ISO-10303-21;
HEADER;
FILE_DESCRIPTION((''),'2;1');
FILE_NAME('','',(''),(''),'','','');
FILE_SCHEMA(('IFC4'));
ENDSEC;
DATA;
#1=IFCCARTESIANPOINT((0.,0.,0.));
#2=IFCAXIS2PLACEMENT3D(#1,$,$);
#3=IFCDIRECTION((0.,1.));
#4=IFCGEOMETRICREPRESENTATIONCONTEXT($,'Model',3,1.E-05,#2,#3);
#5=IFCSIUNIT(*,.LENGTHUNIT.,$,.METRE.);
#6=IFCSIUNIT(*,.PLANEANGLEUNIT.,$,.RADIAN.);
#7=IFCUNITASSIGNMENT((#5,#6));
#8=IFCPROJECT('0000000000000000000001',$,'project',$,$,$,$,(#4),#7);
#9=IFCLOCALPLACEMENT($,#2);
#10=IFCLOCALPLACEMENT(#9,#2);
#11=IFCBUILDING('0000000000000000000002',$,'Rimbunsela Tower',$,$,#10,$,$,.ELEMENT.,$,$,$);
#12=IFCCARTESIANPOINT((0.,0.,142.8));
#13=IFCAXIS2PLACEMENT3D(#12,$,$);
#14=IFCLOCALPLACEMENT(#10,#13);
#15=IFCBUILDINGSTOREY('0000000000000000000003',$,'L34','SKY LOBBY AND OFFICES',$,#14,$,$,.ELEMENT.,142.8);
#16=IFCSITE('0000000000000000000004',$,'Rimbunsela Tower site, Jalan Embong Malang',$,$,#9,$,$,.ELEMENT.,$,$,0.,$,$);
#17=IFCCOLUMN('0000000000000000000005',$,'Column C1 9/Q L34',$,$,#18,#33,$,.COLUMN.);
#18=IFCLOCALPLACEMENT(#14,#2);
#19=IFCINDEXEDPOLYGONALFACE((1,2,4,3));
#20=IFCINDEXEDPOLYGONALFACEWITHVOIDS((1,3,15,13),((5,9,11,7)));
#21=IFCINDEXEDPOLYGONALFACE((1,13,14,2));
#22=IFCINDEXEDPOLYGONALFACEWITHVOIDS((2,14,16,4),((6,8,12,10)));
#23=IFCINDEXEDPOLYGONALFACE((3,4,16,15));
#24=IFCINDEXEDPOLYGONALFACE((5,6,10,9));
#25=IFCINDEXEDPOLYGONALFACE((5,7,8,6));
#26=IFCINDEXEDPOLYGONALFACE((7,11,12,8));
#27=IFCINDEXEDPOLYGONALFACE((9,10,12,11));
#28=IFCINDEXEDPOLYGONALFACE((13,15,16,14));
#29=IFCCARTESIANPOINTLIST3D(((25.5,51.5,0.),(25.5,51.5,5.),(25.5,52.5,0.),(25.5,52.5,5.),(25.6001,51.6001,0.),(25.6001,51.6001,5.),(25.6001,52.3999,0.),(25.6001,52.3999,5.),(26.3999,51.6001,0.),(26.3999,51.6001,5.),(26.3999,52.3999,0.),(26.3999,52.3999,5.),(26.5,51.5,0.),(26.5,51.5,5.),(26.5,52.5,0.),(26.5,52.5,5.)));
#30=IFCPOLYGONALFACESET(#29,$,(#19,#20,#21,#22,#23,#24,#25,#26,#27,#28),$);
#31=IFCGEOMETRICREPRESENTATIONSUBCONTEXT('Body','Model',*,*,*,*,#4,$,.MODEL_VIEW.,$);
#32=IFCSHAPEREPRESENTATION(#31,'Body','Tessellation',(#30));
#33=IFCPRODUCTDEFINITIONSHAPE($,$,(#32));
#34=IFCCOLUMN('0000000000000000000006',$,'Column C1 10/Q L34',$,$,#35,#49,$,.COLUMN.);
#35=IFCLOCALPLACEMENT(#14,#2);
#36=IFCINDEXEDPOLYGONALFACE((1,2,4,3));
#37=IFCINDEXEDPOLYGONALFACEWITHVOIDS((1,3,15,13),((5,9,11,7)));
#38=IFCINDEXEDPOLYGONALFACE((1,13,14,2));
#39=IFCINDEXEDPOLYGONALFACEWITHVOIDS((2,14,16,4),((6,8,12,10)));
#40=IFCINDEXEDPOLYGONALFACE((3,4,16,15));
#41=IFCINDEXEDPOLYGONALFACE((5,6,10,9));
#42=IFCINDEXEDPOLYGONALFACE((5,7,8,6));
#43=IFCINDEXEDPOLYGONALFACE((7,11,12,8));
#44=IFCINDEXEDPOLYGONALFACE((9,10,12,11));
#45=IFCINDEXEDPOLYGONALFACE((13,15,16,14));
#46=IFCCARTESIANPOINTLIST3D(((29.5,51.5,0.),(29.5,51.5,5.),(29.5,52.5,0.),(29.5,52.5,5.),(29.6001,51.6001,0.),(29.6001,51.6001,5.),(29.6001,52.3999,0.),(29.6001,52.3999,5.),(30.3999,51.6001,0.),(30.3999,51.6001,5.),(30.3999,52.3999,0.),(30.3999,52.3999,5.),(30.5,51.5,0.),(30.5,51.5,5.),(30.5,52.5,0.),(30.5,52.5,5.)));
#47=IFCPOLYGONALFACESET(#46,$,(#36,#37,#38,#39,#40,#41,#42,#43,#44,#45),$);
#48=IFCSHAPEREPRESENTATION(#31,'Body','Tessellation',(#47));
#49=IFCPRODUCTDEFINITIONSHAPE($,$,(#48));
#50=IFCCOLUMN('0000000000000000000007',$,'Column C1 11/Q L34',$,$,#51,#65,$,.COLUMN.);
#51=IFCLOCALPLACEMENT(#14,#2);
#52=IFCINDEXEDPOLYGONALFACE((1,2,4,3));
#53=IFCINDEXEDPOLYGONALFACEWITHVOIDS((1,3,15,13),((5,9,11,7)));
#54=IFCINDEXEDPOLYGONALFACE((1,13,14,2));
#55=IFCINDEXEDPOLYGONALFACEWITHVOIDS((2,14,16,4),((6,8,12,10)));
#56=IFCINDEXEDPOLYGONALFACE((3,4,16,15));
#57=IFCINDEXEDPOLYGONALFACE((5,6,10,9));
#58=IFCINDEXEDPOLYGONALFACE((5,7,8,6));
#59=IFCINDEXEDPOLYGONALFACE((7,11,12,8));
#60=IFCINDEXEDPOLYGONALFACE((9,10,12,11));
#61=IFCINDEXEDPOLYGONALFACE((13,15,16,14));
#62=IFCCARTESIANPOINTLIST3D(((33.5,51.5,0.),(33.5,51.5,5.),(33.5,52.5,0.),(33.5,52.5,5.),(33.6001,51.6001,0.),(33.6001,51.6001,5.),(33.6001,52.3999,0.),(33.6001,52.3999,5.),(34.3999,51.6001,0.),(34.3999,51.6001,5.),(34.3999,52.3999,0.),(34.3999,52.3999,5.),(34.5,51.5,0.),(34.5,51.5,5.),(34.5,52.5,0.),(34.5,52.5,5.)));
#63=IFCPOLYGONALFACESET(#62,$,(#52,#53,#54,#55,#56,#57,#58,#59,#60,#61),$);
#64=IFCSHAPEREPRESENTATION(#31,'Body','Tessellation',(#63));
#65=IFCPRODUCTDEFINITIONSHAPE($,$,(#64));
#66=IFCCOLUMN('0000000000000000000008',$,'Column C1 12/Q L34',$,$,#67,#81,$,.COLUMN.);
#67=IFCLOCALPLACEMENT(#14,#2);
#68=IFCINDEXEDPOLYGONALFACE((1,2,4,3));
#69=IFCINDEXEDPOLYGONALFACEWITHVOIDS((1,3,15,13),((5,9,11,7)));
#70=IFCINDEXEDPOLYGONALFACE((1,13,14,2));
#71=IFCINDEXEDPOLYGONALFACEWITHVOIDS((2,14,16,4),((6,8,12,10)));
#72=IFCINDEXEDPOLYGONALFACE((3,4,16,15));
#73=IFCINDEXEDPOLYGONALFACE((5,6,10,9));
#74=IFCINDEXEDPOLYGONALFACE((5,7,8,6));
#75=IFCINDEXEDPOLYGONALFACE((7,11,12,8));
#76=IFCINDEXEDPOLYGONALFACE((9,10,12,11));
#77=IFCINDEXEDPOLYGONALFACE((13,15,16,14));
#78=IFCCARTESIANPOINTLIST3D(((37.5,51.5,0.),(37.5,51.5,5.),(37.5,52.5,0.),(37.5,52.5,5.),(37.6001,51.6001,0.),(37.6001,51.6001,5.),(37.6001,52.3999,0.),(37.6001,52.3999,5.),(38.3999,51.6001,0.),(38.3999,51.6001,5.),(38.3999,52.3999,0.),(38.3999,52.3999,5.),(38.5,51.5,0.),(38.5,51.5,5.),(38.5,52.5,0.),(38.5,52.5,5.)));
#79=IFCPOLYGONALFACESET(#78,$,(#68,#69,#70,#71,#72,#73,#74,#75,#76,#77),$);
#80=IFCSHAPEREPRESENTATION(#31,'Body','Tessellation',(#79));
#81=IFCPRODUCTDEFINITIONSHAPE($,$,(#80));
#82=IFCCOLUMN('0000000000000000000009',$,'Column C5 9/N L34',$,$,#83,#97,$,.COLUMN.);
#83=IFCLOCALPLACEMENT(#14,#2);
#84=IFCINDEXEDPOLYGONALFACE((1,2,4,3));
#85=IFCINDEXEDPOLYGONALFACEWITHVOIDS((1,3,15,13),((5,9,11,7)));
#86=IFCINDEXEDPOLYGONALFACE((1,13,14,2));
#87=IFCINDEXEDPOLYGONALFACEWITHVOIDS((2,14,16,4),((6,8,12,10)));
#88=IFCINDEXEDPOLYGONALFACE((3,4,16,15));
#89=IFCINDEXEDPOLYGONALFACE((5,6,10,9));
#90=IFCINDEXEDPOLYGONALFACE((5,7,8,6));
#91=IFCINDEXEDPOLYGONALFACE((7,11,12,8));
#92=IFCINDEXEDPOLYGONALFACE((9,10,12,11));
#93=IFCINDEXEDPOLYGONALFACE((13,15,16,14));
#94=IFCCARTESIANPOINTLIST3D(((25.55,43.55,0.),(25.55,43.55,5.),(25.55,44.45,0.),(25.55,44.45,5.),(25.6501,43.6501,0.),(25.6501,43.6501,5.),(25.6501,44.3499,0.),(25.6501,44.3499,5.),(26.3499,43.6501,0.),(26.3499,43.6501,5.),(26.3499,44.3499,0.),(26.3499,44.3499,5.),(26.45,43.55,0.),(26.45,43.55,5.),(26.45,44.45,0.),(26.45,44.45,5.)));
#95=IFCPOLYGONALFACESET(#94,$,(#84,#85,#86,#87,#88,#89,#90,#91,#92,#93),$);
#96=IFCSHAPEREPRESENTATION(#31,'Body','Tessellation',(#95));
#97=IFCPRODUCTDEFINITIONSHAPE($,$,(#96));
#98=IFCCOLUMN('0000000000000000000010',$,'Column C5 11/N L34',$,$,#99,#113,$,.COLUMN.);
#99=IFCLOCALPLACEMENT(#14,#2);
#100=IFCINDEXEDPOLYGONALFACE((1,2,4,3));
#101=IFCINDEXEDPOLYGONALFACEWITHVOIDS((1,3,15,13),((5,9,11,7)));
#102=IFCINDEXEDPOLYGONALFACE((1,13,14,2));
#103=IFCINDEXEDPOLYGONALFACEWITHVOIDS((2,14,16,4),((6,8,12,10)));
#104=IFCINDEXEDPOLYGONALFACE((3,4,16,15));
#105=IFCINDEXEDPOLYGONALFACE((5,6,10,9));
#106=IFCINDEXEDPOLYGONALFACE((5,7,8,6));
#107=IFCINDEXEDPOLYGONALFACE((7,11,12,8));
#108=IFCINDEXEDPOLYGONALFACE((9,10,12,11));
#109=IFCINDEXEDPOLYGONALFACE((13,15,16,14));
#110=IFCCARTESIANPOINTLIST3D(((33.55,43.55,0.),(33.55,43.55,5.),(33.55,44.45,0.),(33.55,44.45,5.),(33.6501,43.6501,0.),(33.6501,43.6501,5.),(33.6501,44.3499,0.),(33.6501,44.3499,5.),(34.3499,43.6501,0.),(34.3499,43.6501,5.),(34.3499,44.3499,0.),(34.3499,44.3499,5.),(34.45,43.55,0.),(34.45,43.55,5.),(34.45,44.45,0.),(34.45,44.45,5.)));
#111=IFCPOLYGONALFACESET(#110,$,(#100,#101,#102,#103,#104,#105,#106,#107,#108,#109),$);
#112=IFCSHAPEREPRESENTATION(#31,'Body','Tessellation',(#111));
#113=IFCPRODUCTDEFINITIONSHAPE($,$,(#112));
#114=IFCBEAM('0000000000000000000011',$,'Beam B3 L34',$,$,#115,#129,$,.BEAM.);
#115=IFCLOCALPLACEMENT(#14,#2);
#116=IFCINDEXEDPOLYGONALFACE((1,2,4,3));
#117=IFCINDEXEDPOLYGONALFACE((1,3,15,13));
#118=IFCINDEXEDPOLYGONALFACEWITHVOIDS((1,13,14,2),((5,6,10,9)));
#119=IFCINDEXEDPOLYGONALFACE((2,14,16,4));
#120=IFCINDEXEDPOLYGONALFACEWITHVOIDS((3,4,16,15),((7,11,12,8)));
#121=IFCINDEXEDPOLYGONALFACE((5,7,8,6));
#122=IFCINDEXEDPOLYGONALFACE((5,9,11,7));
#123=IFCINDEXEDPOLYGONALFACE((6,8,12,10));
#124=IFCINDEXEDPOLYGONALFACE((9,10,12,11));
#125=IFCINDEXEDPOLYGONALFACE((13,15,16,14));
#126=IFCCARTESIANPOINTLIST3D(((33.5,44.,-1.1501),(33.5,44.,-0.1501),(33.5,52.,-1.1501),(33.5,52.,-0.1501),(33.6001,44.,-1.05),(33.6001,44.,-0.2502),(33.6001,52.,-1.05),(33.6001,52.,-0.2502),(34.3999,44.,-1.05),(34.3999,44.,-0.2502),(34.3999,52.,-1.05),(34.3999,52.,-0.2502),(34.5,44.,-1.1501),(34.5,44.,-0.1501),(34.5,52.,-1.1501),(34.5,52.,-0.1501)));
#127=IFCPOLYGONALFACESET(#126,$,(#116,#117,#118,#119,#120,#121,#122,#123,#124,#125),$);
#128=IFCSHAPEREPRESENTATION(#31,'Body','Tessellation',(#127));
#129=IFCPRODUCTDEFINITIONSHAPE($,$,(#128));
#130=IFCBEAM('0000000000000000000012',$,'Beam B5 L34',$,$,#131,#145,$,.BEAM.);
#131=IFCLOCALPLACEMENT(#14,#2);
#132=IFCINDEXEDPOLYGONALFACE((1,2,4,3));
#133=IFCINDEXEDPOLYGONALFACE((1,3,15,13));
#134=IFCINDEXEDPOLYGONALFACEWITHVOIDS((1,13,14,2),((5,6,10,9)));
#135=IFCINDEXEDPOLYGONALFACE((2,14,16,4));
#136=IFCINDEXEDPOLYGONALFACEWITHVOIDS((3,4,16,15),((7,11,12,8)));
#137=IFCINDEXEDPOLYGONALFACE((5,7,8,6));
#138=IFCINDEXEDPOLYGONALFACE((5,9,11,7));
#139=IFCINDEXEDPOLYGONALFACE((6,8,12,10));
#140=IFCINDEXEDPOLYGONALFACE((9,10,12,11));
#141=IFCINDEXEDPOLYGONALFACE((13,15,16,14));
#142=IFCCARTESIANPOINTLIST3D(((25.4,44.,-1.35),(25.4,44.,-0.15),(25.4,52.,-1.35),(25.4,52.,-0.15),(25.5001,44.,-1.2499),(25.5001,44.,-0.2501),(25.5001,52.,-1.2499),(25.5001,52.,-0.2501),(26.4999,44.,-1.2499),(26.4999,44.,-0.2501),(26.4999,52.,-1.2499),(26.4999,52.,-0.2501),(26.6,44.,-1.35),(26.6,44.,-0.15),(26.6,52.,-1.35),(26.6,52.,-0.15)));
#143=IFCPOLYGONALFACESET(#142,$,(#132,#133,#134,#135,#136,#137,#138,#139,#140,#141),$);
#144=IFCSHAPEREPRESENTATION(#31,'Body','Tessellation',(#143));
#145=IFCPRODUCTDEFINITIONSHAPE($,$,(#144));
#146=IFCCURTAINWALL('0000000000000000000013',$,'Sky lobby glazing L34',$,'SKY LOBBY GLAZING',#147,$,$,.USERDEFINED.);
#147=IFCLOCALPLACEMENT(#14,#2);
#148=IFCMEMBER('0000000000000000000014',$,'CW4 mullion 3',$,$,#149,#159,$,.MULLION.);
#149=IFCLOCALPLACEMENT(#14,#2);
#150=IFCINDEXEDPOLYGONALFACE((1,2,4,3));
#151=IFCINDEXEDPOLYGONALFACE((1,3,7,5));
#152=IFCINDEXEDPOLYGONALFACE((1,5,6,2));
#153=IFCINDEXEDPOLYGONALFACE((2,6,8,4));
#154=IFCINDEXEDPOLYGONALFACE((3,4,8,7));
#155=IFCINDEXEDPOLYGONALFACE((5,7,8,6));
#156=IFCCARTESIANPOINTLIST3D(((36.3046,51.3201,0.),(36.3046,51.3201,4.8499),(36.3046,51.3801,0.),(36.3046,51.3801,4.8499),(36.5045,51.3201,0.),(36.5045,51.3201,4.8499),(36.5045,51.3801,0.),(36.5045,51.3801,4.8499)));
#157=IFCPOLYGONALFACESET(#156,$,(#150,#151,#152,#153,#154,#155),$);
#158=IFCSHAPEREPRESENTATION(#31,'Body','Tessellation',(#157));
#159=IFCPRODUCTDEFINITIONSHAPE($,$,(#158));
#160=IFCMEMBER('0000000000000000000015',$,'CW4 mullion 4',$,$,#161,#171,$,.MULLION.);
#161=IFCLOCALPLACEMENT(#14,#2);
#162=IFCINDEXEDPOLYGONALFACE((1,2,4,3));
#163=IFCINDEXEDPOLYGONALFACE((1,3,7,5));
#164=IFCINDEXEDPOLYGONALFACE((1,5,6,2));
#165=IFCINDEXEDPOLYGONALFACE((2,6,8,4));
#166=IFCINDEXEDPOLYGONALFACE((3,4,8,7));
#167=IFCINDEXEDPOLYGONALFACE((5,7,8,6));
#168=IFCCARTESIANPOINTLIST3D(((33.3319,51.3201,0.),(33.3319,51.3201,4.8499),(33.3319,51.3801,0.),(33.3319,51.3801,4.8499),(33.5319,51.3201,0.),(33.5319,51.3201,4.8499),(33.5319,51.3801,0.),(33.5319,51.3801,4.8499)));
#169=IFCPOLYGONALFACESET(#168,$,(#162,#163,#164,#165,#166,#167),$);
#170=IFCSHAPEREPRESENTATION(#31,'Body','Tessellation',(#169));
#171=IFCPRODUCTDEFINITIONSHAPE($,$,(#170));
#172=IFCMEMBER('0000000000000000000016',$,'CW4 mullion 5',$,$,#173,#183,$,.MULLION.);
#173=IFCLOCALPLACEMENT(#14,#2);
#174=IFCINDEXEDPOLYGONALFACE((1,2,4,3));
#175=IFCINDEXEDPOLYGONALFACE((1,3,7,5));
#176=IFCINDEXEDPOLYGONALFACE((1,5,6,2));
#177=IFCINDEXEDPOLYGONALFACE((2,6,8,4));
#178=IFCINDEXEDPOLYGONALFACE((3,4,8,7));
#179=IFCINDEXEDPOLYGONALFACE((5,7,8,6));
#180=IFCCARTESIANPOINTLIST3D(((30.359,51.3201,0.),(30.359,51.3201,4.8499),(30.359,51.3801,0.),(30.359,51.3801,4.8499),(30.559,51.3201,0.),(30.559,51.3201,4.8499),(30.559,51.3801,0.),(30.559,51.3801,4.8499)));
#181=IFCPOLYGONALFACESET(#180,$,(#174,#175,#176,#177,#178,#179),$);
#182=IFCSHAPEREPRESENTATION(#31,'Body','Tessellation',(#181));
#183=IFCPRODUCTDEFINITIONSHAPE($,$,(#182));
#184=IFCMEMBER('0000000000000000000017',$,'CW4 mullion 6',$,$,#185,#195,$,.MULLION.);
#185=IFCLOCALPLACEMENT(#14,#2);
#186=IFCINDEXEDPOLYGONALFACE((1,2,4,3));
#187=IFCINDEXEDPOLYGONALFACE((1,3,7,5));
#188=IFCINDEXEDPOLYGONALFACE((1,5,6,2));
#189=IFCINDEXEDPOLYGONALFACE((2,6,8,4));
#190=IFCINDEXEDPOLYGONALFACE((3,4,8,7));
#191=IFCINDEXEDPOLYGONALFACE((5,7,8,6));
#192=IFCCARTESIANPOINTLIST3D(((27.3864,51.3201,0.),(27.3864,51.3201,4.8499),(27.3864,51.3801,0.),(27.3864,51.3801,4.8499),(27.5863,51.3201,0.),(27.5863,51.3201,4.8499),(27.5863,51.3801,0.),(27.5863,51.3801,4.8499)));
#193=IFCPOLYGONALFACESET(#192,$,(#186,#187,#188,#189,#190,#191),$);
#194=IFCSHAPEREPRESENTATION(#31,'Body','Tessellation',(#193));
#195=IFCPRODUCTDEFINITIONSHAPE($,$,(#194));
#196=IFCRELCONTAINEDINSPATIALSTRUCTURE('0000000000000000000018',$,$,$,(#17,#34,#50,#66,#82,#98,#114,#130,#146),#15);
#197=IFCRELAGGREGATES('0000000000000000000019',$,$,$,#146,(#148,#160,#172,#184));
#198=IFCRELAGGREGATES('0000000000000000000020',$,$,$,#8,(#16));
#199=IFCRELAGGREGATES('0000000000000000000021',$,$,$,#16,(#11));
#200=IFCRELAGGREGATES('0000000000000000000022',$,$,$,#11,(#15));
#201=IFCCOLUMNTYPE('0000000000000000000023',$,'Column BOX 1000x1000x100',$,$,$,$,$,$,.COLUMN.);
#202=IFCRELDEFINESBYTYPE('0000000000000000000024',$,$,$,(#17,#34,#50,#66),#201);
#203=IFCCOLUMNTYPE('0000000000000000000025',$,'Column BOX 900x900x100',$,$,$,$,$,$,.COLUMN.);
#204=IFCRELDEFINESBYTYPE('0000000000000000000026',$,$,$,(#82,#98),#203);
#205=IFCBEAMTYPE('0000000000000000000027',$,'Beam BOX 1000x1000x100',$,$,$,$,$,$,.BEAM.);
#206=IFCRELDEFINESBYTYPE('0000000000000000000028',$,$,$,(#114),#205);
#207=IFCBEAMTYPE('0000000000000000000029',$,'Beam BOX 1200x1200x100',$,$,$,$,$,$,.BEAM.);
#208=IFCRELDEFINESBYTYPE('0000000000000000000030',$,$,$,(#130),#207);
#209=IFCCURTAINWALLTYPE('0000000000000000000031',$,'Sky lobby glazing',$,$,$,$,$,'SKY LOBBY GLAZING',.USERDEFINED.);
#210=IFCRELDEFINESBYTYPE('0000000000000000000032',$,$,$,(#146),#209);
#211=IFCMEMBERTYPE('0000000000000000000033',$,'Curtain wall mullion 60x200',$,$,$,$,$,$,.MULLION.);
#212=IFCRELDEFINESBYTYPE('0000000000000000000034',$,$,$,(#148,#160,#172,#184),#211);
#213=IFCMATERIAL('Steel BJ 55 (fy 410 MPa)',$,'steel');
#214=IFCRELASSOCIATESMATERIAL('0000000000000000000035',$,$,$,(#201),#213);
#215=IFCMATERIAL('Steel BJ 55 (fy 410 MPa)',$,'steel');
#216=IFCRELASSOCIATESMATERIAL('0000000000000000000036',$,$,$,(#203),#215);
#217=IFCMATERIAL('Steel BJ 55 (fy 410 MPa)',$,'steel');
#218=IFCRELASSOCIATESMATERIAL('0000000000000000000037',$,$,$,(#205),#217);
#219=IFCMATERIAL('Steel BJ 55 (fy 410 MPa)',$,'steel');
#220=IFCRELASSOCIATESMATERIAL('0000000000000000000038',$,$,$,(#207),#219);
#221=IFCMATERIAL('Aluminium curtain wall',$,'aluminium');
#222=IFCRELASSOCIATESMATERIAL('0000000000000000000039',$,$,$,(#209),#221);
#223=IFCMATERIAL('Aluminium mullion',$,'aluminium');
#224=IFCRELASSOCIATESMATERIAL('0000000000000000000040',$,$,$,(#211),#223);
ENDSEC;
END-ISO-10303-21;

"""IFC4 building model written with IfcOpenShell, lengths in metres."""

from ifc_helpers import new_model, si_unit, direction, frame, origin, origin_2d, place, context, subcontext, project, spatial, rectangle, hollow_rectangle, extrude, material, material_profile, profile_set, type_object, element, aggregate, save


model = new_model("IFC4")

# Units and contexts
model_context = context("Model", 3, precision=1e-05, world=origin(), true_north=direction((0.0, 1.0)))
body_context = subcontext(model_context, "Body", "Model", "MODEL_VIEW")
ifc_project = project(units=[si_unit("LENGTHUNIT", "METRE"), si_unit("PLANEANGLEUNIT", "RADIAN")], contexts=[model_context])

# Site, building, storey
site_placement = place(None, origin())
site = spatial("IfcSite", under=ifc_project, at=site_placement, Name="Rimbunsela Tower site, Jalan Embong Malang", CompositionType="ELEMENT", RefElevation=0.0)
building_placement = place(site_placement, origin())
building = spatial("IfcBuilding", under=site, at=building_placement, Name="Rimbunsela Tower", CompositionType="ELEMENT")
storey_placement = place(building_placement, frame((0.0, 0.0, 142.8)))
storey = spatial("IfcBuildingStorey", under=building, at=storey_placement, Name="L34", Description="SKY LOBBY AND OFFICES", CompositionType="ELEMENT", Elevation=142.8)

# Columns
ifc_material_1 = material(Name="Steel BJ 55 (fy 410 MPa)", Category="steel")
ifc_material_profile_1 = material_profile(ifc_material_1, hollow_rectangle(XDim=1.0, YDim=1.0, WallThickness=0.1001, at=origin_2d()), Name="BOX 1000x1000x100")
ifc_profile_set_1 = profile_set([ifc_material_profile_1], Name="Steel BJ 55 (fy 410 MPa)")
column_type_1 = type_object("IfcColumnType", Name="Column BOX 1000x1000x100", PredefinedType="COLUMN", material=ifc_profile_set_1)
for number, where, z_axis, x_axis, name in (
    (1, (26.0, 52.0, 0.0), (0.0, 0.0, 1.0), (1.0, 0.0, 0.0), "Column C1 9/Q L34"),
    (2, (30.0, 52.0, 0.0), (0.0, 0.0, 1.0), (1.0, 0.0, 0.0), "Column C1 10/Q L34"),
    (3, (34.0, 52.0, 0.0), (0.0, 0.0, 1.0), (1.0, 0.0, 0.0), "Column C1 11/Q L34"),
    (4, (38.0, 52.0, 0.0), (0.0, 0.0, 1.0), (1.0, 0.0, 0.0), "Column C1 12/Q L34"),
):
    element("IfcColumn", number, at=place(storey_placement, frame(where, z_axis=z_axis, x_axis=x_axis)), inside=storey, type_object=column_type_1, Name=name, PredefinedType="COLUMN", context=body_context, shape_type="SweptSolid", body=[
        extrude(hollow_rectangle(XDim=1.0, YDim=1.0, WallThickness=0.1001, at=origin_2d()), origin(), (0.0, 0.0, 1.0), 5.0),
    ])
ifc_material_2 = material(Name="Steel BJ 55 (fy 410 MPa)", Category="steel")
ifc_material_profile_2 = material_profile(ifc_material_2, hollow_rectangle(XDim=0.8999, YDim=0.8999, WallThickness=0.1001, at=origin_2d()), Name="BOX 900x900x100")
ifc_profile_set_2 = profile_set([ifc_material_profile_2], Name="Steel BJ 55 (fy 410 MPa)")
column_type_2 = type_object("IfcColumnType", Name="Column BOX 900x900x100", PredefinedType="COLUMN", material=ifc_profile_set_2)
for number, where, z_axis, x_axis, name in (
    (5, (26.0, 44.0, 0.0), (0.0, 0.0, 1.0), (1.0, 0.0, 0.0), "Column C5 9/N L34"),
    (6, (34.0, 44.0, 0.0), (0.0, 0.0, 1.0), (1.0, 0.0, 0.0), "Column C5 11/N L34"),
):
    element("IfcColumn", number, at=place(storey_placement, frame(where, z_axis=z_axis, x_axis=x_axis)), inside=storey, type_object=column_type_2, Name=name, PredefinedType="COLUMN", context=body_context, shape_type="SweptSolid", body=[
        extrude(hollow_rectangle(XDim=0.8999, YDim=0.8999, WallThickness=0.1001, at=origin_2d()), origin(), (0.0, 0.0, 1.0), 5.0),
    ])

# Beams
ifc_material_3 = material(Name="Steel BJ 55 (fy 410 MPa)", Category="steel")
ifc_material_profile_3 = material_profile(ifc_material_3, hollow_rectangle(XDim=1.0, YDim=1.0, WallThickness=0.1001, at=origin_2d()), Name="BOX 1000x1000x100")
ifc_profile_set_3 = profile_set([ifc_material_profile_3], Name="Steel BJ 55 (fy 410 MPa)")
beam_type_1 = type_object("IfcBeamType", Name="Beam BOX 1000x1000x100", PredefinedType="BEAM", material=ifc_profile_set_3)
beam_1_placement = place(storey_placement, frame((34.0, 44.0, -0.6501), z_axis=(0.0, 1.0, 0.0), x_axis=(-1.0, 0.0, 0.0)))
element("IfcBeam", 7, at=beam_1_placement, inside=storey, type_object=beam_type_1, Name="Beam B3 L34", PredefinedType="BEAM", context=body_context, shape_type="SweptSolid", body=[
    extrude(hollow_rectangle(XDim=1.0, YDim=1.0, WallThickness=0.1001, at=origin_2d()), origin(), (0.0, 0.0, 1.0), 8.0),
])
ifc_material_4 = material(Name="Steel BJ 55 (fy 410 MPa)", Category="steel")
ifc_material_profile_4 = material_profile(ifc_material_4, hollow_rectangle(XDim=1.2, YDim=1.2, WallThickness=0.1001, at=origin_2d()), Name="BOX 1200x1200x100")
ifc_profile_set_4 = profile_set([ifc_material_profile_4], Name="Steel BJ 55 (fy 410 MPa)")
beam_type_2 = type_object("IfcBeamType", Name="Beam BOX 1200x1200x100", PredefinedType="BEAM", material=ifc_profile_set_4)
beam_2_placement = place(storey_placement, frame((26.0, 44.0, -0.75), z_axis=(0.0, 1.0, 0.0), x_axis=(-1.0, 0.0, 0.0)))
element("IfcBeam", 8, at=beam_2_placement, inside=storey, type_object=beam_type_2, Name="Beam B5 L34", PredefinedType="BEAM", context=body_context, shape_type="SweptSolid", body=[
    extrude(hollow_rectangle(XDim=1.2, YDim=1.2, WallThickness=0.1001, at=origin_2d()), origin(), (0.0, 0.0, 1.0), 8.0),
])

# Curtain wall, members
ifc_material_5 = material(Name="Aluminium curtain wall", Category="aluminium")
curtain_wall_type = type_object("IfcCurtainWallType", Name="Sky lobby glazing", ElementType="SKY LOBBY GLAZING", PredefinedType="USERDEFINED", material=ifc_material_5)
curtain_wall_placement = place(storey_placement, origin())
curtain_wall = element("IfcCurtainWall", 9, at=curtain_wall_placement, inside=storey, type_object=curtain_wall_type, Name="Sky lobby glazing L34", ObjectType="SKY LOBBY GLAZING", PredefinedType="USERDEFINED")
ifc_material_6 = material(Name="Aluminium mullion", Category="aluminium")
ifc_material_profile_5 = material_profile(ifc_material_6, rectangle(XDim=0.0601, YDim=0.2, at=origin_2d()), Name="Mullion 60x200")
ifc_profile_set_5 = profile_set([ifc_material_profile_5], Name="Aluminium mullion")
member_type_1 = type_object("IfcMemberType", Name="Curtain wall mullion 60x200", PredefinedType="MULLION", material=ifc_profile_set_5)
member_1_placement = place(storey_placement, frame((36.4045, 51.3501, 0.0), z_axis=(0.0, 0.0, 1.0), x_axis=(0.0, -1.0, 0.0)))
member_1 = element("IfcMember", 10, at=member_1_placement, type_object=member_type_1, Name="CW4 mullion 3", PredefinedType="MULLION", context=body_context, shape_type="SweptSolid", body=[
    extrude(rectangle(XDim=0.0601, YDim=0.2, at=origin_2d()), origin(), (0.0, 0.0, 1.0), 4.8499),
])
member_2_placement = place(storey_placement, frame((33.4319, 51.3501, 0.0), z_axis=(0.0, 0.0, 1.0), x_axis=(0.0, -1.0, 0.0)))
member_2 = element("IfcMember", 11, at=member_2_placement, type_object=member_type_1, Name="CW4 mullion 4", PredefinedType="MULLION", context=body_context, shape_type="SweptSolid", body=[
    extrude(rectangle(XDim=0.0601, YDim=0.2, at=origin_2d()), origin(), (0.0, 0.0, 1.0), 4.8499),
])
member_3_placement = place(storey_placement, frame((30.459, 51.3501, 0.0), z_axis=(0.0, 0.0, 1.0), x_axis=(0.0, -1.0, 0.0)))
member_3 = element("IfcMember", 12, at=member_3_placement, type_object=member_type_1, Name="CW4 mullion 5", PredefinedType="MULLION", context=body_context, shape_type="SweptSolid", body=[
    extrude(rectangle(XDim=0.0601, YDim=0.2, at=origin_2d()), origin(), (0.0, 0.0, 1.0), 4.8499),
])
member_4_placement = place(storey_placement, frame((27.4863, 51.3501, 0.0), z_axis=(0.0, 0.0, 1.0), x_axis=(0.0, -1.0, 0.0)))
member_4 = element("IfcMember", 13, at=member_4_placement, type_object=member_type_1, Name="CW4 mullion 6", PredefinedType="MULLION", context=body_context, shape_type="SweptSolid", body=[
    extrude(rectangle(XDim=0.0601, YDim=0.2, at=origin_2d()), origin(), (0.0, 0.0, 1.0), 4.8499),
])
aggregate(curtain_wall, [member_1, member_2, member_3, member_4])

save(model, "model.ifc")
